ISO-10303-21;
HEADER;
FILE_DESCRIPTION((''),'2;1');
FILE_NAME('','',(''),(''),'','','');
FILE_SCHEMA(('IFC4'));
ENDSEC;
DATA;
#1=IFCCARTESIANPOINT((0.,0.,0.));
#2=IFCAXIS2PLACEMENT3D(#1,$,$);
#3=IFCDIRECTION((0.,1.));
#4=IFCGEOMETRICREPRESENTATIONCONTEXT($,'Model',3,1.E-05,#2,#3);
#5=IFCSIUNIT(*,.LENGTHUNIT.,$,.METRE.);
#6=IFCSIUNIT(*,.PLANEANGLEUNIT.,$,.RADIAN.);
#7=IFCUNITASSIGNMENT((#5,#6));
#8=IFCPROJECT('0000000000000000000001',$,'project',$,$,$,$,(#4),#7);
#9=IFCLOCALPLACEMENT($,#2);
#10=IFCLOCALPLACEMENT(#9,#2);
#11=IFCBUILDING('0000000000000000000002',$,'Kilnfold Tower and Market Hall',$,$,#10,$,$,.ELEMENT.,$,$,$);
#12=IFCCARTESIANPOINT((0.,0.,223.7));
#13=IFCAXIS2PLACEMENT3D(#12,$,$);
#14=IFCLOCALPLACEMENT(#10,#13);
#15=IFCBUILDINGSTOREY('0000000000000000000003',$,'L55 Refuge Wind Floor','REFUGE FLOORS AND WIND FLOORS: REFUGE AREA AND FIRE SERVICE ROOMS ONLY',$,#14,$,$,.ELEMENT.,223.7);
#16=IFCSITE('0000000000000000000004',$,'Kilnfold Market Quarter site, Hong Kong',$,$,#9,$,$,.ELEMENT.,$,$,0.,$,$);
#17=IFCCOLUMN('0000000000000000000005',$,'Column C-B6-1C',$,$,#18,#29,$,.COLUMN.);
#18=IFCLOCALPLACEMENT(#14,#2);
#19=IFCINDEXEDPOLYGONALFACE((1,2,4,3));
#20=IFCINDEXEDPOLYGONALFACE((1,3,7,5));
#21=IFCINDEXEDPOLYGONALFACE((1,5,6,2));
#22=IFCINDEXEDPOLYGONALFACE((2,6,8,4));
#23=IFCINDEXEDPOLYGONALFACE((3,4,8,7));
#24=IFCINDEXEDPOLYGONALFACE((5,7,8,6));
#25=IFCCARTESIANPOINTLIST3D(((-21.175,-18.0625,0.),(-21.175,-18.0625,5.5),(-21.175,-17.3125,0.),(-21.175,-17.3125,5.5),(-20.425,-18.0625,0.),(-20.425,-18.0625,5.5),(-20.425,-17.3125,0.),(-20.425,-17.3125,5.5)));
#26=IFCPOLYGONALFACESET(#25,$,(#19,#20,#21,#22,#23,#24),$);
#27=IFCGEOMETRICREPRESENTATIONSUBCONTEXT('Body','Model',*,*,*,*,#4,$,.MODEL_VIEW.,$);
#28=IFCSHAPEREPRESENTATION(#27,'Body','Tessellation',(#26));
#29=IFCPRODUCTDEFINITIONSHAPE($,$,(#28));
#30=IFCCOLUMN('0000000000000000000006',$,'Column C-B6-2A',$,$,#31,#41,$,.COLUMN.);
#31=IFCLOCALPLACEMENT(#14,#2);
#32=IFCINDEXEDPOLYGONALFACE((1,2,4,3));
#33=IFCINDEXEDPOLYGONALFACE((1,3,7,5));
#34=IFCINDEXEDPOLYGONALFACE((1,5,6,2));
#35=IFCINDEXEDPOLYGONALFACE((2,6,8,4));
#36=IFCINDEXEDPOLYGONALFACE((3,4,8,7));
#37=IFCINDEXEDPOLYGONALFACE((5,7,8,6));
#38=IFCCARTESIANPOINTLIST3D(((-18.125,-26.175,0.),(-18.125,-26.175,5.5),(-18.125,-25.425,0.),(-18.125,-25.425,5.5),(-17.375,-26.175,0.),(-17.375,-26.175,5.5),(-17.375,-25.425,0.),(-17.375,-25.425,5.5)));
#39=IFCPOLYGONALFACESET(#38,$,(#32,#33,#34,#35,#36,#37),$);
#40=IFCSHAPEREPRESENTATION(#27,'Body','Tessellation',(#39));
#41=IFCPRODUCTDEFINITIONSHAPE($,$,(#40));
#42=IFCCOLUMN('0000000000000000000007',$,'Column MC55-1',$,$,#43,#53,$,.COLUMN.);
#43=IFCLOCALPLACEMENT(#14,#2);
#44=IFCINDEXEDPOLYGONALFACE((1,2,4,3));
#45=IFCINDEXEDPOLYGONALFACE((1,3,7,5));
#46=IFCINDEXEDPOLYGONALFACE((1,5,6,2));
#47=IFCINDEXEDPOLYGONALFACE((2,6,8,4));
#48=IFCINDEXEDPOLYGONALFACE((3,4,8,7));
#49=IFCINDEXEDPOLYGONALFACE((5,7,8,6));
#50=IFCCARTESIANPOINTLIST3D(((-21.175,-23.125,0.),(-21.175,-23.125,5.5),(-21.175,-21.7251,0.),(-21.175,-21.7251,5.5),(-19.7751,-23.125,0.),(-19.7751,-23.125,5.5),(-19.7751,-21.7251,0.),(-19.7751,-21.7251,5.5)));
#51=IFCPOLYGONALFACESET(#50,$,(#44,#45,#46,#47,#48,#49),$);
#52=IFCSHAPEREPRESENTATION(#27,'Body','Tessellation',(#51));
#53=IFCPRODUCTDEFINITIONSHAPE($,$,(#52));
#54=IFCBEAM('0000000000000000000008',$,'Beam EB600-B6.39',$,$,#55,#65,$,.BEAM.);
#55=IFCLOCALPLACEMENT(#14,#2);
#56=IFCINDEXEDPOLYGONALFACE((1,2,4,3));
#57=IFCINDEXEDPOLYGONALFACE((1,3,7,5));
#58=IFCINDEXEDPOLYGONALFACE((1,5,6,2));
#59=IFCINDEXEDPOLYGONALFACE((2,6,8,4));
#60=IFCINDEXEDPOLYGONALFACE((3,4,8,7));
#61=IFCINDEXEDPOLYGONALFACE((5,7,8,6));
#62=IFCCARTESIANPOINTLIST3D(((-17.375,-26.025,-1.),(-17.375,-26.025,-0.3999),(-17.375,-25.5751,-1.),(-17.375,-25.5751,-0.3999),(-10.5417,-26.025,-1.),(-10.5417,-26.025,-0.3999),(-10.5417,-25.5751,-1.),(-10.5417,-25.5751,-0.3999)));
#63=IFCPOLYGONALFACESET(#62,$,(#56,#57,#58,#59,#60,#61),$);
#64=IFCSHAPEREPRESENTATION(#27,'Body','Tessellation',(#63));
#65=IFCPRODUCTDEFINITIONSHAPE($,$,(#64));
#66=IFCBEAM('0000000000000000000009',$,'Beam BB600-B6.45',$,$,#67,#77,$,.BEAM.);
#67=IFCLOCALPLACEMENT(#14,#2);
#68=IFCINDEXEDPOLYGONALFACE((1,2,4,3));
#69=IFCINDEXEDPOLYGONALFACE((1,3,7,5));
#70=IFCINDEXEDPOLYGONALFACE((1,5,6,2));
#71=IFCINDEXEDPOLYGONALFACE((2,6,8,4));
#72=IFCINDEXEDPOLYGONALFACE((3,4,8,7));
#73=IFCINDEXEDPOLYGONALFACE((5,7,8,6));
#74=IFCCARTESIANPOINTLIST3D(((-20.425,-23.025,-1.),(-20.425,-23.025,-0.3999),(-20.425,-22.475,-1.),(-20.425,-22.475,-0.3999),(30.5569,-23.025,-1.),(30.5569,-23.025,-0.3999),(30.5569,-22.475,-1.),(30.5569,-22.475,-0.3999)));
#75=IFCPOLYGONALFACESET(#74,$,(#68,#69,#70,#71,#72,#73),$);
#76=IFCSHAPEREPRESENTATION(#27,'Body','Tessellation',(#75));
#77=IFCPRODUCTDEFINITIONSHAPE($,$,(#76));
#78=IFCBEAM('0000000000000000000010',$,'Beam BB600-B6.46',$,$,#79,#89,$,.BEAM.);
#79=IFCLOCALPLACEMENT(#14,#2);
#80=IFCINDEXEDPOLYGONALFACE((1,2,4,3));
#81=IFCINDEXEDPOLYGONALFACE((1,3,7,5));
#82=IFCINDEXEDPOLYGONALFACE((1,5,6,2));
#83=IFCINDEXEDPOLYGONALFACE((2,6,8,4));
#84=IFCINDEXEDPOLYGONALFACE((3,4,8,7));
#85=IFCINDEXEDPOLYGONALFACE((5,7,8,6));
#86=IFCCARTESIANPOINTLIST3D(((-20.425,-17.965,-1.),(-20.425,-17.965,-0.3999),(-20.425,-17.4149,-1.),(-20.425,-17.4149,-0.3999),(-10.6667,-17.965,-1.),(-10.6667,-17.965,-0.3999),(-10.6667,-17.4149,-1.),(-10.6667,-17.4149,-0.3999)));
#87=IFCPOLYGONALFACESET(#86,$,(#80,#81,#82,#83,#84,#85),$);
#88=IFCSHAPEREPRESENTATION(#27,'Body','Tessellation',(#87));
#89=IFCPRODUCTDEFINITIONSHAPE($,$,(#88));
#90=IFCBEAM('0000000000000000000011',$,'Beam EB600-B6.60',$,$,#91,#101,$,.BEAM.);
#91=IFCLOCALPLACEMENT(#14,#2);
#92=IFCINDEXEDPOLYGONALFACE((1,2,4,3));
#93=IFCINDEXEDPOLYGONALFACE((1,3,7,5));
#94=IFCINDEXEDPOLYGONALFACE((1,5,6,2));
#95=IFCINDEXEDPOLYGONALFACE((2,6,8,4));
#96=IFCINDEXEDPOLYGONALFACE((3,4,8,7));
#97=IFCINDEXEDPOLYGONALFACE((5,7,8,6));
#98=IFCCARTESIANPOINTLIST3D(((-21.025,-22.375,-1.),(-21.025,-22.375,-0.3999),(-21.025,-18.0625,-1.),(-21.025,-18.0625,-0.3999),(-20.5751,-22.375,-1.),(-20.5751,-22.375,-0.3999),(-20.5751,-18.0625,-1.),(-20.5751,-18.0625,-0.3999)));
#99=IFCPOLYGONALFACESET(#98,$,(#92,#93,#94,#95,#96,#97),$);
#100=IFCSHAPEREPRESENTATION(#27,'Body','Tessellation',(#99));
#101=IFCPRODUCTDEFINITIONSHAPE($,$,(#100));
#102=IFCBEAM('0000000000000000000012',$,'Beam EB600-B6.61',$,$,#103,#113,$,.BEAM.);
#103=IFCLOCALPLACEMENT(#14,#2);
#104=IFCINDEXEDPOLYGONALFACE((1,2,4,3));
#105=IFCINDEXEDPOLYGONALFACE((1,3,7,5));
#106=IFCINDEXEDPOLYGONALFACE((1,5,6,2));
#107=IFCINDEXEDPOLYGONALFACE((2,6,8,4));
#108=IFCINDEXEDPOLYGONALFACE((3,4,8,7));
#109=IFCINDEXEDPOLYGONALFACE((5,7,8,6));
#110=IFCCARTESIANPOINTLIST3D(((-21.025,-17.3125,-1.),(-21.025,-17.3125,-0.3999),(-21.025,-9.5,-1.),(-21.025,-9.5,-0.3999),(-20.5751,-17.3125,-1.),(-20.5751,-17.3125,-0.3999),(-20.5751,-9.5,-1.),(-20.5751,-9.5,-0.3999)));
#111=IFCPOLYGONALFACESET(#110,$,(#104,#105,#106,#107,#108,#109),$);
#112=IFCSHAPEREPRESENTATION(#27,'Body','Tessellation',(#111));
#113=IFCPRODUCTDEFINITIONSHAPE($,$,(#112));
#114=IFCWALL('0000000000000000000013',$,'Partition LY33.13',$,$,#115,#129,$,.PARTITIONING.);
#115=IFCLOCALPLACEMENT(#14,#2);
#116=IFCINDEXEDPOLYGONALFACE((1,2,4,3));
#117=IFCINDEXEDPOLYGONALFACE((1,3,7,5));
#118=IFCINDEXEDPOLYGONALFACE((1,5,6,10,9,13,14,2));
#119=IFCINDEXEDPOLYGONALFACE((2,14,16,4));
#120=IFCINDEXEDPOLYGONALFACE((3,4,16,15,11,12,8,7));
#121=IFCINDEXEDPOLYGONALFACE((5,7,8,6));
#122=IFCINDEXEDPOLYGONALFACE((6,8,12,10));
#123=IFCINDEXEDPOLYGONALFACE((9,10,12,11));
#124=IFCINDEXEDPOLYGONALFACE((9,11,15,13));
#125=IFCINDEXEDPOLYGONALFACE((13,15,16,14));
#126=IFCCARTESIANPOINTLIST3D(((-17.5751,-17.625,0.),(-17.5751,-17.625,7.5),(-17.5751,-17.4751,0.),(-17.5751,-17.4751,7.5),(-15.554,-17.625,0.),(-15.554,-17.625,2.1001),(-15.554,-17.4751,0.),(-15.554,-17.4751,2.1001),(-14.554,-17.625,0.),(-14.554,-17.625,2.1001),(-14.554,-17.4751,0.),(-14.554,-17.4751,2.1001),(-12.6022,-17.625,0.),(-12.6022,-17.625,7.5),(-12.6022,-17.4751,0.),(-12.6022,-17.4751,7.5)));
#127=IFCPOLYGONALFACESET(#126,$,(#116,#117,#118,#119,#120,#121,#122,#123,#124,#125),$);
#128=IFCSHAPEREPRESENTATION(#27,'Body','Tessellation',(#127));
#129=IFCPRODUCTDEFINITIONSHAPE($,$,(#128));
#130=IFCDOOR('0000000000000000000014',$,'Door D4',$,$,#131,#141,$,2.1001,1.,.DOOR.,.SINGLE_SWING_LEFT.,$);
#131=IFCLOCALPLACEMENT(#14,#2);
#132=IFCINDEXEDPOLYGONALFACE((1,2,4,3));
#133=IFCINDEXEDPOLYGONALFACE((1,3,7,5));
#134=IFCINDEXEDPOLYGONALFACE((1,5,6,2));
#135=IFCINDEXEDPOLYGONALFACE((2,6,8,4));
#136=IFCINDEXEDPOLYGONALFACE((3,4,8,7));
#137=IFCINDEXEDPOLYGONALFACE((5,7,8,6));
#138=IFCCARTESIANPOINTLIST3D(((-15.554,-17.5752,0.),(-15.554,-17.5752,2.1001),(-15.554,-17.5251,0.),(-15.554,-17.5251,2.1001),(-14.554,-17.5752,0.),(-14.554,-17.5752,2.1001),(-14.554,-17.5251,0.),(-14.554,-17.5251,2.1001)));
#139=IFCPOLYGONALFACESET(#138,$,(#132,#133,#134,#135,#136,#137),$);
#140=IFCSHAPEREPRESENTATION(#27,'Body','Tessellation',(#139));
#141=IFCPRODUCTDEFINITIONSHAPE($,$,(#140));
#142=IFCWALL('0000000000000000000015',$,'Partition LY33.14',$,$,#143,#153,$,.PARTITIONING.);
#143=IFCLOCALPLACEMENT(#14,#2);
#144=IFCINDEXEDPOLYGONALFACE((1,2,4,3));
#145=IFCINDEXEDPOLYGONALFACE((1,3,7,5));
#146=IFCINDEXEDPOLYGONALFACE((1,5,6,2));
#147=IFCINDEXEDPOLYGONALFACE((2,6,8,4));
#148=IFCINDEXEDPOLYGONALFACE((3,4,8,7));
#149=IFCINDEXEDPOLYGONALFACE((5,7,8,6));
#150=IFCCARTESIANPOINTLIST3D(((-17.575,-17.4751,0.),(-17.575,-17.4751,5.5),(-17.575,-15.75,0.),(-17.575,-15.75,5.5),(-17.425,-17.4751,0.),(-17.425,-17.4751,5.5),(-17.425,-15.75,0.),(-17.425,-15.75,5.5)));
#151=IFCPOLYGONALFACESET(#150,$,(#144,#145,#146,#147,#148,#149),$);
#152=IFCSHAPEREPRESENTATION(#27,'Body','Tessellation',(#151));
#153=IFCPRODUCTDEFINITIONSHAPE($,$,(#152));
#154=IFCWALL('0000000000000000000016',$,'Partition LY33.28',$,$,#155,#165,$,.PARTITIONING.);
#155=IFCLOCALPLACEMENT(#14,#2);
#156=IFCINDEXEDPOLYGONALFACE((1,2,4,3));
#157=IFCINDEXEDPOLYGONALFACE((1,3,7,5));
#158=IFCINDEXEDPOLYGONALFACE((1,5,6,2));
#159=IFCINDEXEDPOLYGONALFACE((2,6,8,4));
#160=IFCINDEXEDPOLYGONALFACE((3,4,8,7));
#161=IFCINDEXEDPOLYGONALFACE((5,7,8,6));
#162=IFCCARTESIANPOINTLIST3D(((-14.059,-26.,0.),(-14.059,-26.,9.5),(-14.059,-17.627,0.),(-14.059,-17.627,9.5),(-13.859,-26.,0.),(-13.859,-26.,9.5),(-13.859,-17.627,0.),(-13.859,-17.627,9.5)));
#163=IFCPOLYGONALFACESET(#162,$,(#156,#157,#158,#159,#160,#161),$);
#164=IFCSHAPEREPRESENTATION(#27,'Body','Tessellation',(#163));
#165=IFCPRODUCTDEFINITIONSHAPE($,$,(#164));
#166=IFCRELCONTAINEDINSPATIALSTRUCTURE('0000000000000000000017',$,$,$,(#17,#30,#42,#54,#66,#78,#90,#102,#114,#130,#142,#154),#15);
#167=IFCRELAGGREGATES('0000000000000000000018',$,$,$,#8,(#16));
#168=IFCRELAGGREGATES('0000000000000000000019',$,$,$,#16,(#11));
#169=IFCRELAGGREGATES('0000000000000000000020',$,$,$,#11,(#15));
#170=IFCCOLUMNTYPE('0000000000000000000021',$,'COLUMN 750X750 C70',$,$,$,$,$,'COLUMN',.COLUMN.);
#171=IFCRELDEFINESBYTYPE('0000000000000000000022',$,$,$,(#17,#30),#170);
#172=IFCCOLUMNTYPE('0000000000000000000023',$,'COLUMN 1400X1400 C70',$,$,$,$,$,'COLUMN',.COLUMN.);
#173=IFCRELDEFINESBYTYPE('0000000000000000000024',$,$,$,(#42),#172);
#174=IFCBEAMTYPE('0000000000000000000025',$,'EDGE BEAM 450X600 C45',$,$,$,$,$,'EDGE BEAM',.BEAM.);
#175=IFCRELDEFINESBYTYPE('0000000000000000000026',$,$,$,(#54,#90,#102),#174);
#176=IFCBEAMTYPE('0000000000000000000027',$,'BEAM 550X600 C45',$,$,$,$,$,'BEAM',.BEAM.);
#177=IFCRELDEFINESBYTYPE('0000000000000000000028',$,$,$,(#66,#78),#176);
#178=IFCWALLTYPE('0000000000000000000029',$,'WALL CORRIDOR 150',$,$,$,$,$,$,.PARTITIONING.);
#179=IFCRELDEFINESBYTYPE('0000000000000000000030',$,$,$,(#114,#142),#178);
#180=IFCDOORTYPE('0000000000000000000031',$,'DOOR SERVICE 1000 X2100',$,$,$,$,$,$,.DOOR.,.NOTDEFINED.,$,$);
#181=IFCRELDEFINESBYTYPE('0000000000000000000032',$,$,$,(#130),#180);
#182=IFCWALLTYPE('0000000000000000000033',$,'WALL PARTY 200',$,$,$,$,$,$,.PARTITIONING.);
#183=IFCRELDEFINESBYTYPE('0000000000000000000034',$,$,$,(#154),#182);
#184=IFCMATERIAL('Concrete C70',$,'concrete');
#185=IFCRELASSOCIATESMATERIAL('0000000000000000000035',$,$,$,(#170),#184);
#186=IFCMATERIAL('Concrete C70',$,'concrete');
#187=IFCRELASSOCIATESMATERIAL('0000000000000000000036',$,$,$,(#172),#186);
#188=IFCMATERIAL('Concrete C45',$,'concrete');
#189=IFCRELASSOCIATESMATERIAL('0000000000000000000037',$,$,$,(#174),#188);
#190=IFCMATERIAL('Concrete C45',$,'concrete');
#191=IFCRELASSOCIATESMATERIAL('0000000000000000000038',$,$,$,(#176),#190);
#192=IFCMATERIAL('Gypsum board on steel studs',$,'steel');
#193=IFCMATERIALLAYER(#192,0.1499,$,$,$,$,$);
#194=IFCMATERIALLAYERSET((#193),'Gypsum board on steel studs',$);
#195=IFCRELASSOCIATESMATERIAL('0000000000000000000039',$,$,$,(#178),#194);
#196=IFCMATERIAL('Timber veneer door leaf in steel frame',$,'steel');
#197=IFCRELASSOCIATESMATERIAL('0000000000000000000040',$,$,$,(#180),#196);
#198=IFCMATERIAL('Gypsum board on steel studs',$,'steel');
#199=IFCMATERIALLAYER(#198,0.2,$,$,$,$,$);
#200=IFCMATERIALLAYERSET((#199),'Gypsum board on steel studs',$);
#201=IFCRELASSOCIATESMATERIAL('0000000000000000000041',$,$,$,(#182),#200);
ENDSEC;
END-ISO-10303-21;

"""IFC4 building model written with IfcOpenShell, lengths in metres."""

from ifc_helpers import new_model, si_unit, direction, frame, frame_2d, origin, origin_2d, place, context, subcontext, project, spatial, rectangle, extrude, source, transform, mapped, material, layer, layer_set, material_profile, profile_set, type_object, element, fill, save


model = new_model("IFC4")

# Units and contexts
model_context = context("Model", 3, precision=1e-05, world=origin(), true_north=direction((0.0, 1.0)))
body_context = subcontext(model_context, "Body", "Model", "MODEL_VIEW")
ifc_project = project(units=[si_unit("LENGTHUNIT", "METRE"), si_unit("PLANEANGLEUNIT", "RADIAN")], contexts=[model_context])

# Site, building, storey
site_placement = place(None, origin())
site = spatial("IfcSite", under=ifc_project, at=site_placement, Name="Kilnfold Market Quarter site, Hong Kong", CompositionType="ELEMENT", RefElevation=0.0)
building_placement = place(site_placement, origin())
building = spatial("IfcBuilding", under=site, at=building_placement, Name="Kilnfold Tower and Market Hall", CompositionType="ELEMENT")
storey_placement = place(building_placement, frame((0.0, 0.0, 223.7)))
storey = spatial("IfcBuildingStorey", under=building, at=storey_placement, Name="L55 Refuge Wind Floor", Description="REFUGE FLOORS AND WIND FLOORS: REFUGE AREA AND FIRE SERVICE ROOMS ONLY", CompositionType="ELEMENT", Elevation=223.7)

# Columns
ifc_material_1 = material(Name="Concrete C70", Category="concrete")
ifc_material_profile_1 = material_profile(ifc_material_1, rectangle(XDim=0.75, YDim=0.75, at=origin_2d()), Name="RC 750x750")
ifc_profile_set_1 = profile_set([ifc_material_profile_1], Name="Concrete C70")
column_type_1 = type_object("IfcColumnType", Name="COLUMN 750X750 C70", ElementType="COLUMN", PredefinedType="COLUMN", material=ifc_profile_set_1)
shared_shape_1 = source(origin(), body_context, "Body", "SweptSolid", [
    extrude(rectangle(XDim=0.75, YDim=0.75, at=origin_2d()), origin(), (0.0, 0.0, 1.0), 5.5),
])
for number, where, z_axis, x_axis, name in (
    (1, (-20.8, -17.6875, 0.0), (0.0, 0.0, 1.0), (1.0, 0.0, 0.0), "Column C-B6-1C"),
    (2, (-17.75, -25.8, 0.0), (0.0, 0.0, 1.0), (1.0, 0.0, 0.0), "Column C-B6-2A"),
):
    element("IfcColumn", number, at=place(storey_placement, frame(where, z_axis=z_axis, x_axis=x_axis)), inside=storey, type_object=column_type_1, Name=name, PredefinedType="COLUMN", context=body_context, shape_type="MappedRepresentation", body=[
        mapped(shared_shape_1, transform((0.0, 0.0, 0.0))),
    ])
ifc_material_2 = material(Name="Concrete C70", Category="concrete")
ifc_material_profile_2 = material_profile(ifc_material_2, rectangle(XDim=1.3999, YDim=1.3999, at=origin_2d()), Name="RC 1400x1400")
ifc_profile_set_2 = profile_set([ifc_material_profile_2], Name="Concrete C70")
column_type_2 = type_object("IfcColumnType", Name="COLUMN 1400X1400 C70", ElementType="COLUMN", PredefinedType="COLUMN", material=ifc_profile_set_2)
shared_shape_2 = source(origin(), body_context, "Body", "SweptSolid", [
    extrude(rectangle(XDim=1.3999, YDim=1.3999, at=origin_2d()), origin(), (0.0, 0.0, 1.0), 5.5),
])
column_placement = place(storey_placement, frame((-20.4751, -22.425, 0.0), z_axis=(0.0, 0.0, 1.0), x_axis=(1.0, 0.0, 0.0)))
element("IfcColumn", 3, at=column_placement, inside=storey, type_object=column_type_2, Name="Column MC55-1", PredefinedType="COLUMN", context=body_context, shape_type="MappedRepresentation", body=[
    mapped(shared_shape_2, transform((0.0, 0.0, 0.0))),
])

# Beams
ifc_material_3 = material(Name="Concrete C45", Category="concrete")
ifc_material_profile_3 = material_profile(ifc_material_3, rectangle(XDim=0.45, YDim=0.6001, at=origin_2d()), Name="RC 450x600")
ifc_profile_set_3 = profile_set([ifc_material_profile_3], Name="Concrete C45")
beam_type_1 = type_object("IfcBeamType", Name="EDGE BEAM 450X600 C45", ElementType="EDGE BEAM", PredefinedType="BEAM", material=ifc_profile_set_3)
shared_shape_3 = source(origin(), body_context, "Body", "SweptSolid", [
    extrude(rectangle(XDim=0.45, YDim=0.6001, at=origin_2d()), origin(), (0.0, 0.0, 1.0), 6.8333),
])
beam_1_placement = place(storey_placement, frame((-17.375, -25.8, -0.7), z_axis=(1.0, 0.0, 0.0), x_axis=(0.0, 1.0, 0.0)))
element("IfcBeam", 4, at=beam_1_placement, inside=storey, type_object=beam_type_1, Name="Beam EB600-B6.39", PredefinedType="BEAM", context=body_context, shape_type="MappedRepresentation", body=[
    mapped(shared_shape_3, transform((0.0, 0.0, 0.0))),
])
ifc_material_4 = material(Name="Concrete C45", Category="concrete")
ifc_material_profile_4 = material_profile(ifc_material_4, rectangle(XDim=0.55, YDim=0.6001, at=origin_2d()), Name="RC 550x600")
ifc_profile_set_4 = profile_set([ifc_material_profile_4], Name="Concrete C45")
beam_type_2 = type_object("IfcBeamType", Name="BEAM 550X600 C45", ElementType="BEAM", PredefinedType="BEAM", material=ifc_profile_set_4)
shared_shape_4 = source(origin(), body_context, "Body", "SweptSolid", [
    extrude(rectangle(XDim=0.55, YDim=0.6001, at=origin_2d()), origin(), (0.0, 0.0, 1.0), 50.9819),
])
beam_2_placement = place(storey_placement, frame((-20.425, -22.75, -0.7), z_axis=(1.0, 0.0, 0.0), x_axis=(0.0, 1.0, 0.0)))
element("IfcBeam", 5, at=beam_2_placement, inside=storey, type_object=beam_type_2, Name="Beam BB600-B6.45", PredefinedType="BEAM", context=body_context, shape_type="MappedRepresentation", body=[
    mapped(shared_shape_4, transform((0.0, 0.0, 0.0))),
])
shared_shape_5 = source(origin(), body_context, "Body", "SweptSolid", [
    extrude(rectangle(XDim=0.55, YDim=0.6001, at=origin_2d()), origin(), (0.0, 0.0, 1.0), 9.7583),
])
beam_3_placement = place(storey_placement, frame((-20.425, -17.6899, -0.7), z_axis=(1.0, 0.0, 0.0), x_axis=(0.0, 1.0, 0.0)))
element("IfcBeam", 6, at=beam_3_placement, inside=storey, type_object=beam_type_2, Name="Beam BB600-B6.46", PredefinedType="BEAM", context=body_context, shape_type="MappedRepresentation", body=[
    mapped(shared_shape_5, transform((0.0, 0.0, 0.0))),
])
shared_shape_6 = source(origin(), body_context, "Body", "SweptSolid", [
    extrude(rectangle(XDim=0.45, YDim=0.6001, at=origin_2d()), origin(), (0.0, 0.0, 1.0), 4.3125),
])
beam_4_placement = place(storey_placement, frame((-20.8, -22.375, -0.7), z_axis=(0.0, 1.0, 0.0), x_axis=(-1.0, 0.0, 0.0)))
element("IfcBeam", 7, at=beam_4_placement, inside=storey, type_object=beam_type_1, Name="Beam EB600-B6.60", PredefinedType="BEAM", context=body_context, shape_type="MappedRepresentation", body=[
    mapped(shared_shape_6, transform((0.0, 0.0, 0.0))),
])
shared_shape_7 = source(origin(), body_context, "Body", "SweptSolid", [
    extrude(rectangle(XDim=0.45, YDim=0.6001, at=origin_2d()), origin(), (0.0, 0.0, 1.0), 7.8125),
])
beam_5_placement = place(storey_placement, frame((-20.8, -17.3125, -0.7), z_axis=(0.0, 1.0, 0.0), x_axis=(-1.0, 0.0, 0.0)))
element("IfcBeam", 8, at=beam_5_placement, inside=storey, type_object=beam_type_1, Name="Beam EB600-B6.61", PredefinedType="BEAM", context=body_context, shape_type="MappedRepresentation", body=[
    mapped(shared_shape_7, transform((0.0, 0.0, 0.0))),
])

# Wall, opening, door
ifc_material_5 = material(Name="Gypsum board on steel studs", Category="steel")
ifc_layer_1 = layer(ifc_material_5, 0.1499)
ifc_layer_set_1 = layer_set([ifc_layer_1], Name="Gypsum board on steel studs")
wall_type_1 = type_object("IfcWallType", Name="WALL CORRIDOR 150", PredefinedType="PARTITIONING", material=ifc_layer_set_1)
wall_1_placement = place(storey_placement, frame((-17.575, -17.55, 0.0), z_axis=(0.0, 0.0, 1.0), x_axis=(1.0, 0.0, 0.0)))
wall_1 = element("IfcWall", 9, at=wall_1_placement, inside=storey, type_object=wall_type_1, Name="Partition LY33.13", PredefinedType="PARTITIONING", context=body_context, shape_type="SweptSolid", body=[
    extrude(rectangle(XDim=4.9729, YDim=0.1499, at=frame_2d((2.4863, 0.0))), origin(), (0.0, 0.0, 1.0), 7.5),
])
opening_1_placement = place(wall_1_placement, frame((2.021, 0.0, 0.0)))
opening_1 = element("IfcOpeningElement", 10, at=opening_1_placement, cuts=wall_1, PredefinedType="OPENING", context=body_context, shape_type="SweptSolid", body=[
    extrude(rectangle(XDim=1.0, YDim=2.1001, at=frame_2d((0.5, 1.05))), frame((0.0, 0.085, 0.0), z_axis=(0.0, -1.0, 0.0), x_axis=(1.0, 0.0, 0.0)), (0.0, 0.0, 1.0), 0.1699),
])
ifc_material_6 = material(Name="Timber veneer door leaf in steel frame", Category="steel")
door_type_1 = type_object("IfcDoorType", Name="DOOR SERVICE 1000 X2100", OperationType="NOTDEFINED", PredefinedType="DOOR", material=ifc_material_6)
door_1_placement = place(opening_1_placement, origin())
door_1 = element("IfcDoor", 11, at=door_1_placement, inside=storey, type_object=door_type_1, Name="Door D4", OperationType="SINGLE_SWING_LEFT", OverallHeight=2.1001, OverallWidth=1.0, PredefinedType="DOOR", context=body_context, shape_type="SweptSolid", body=[
    extrude(rectangle(XDim=1.0, YDim=2.1001, at=frame_2d((0.5, 1.05))), frame((0.0, 0.0249, 0.0), z_axis=(0.0, -1.0, 0.0), x_axis=(1.0, 0.0, 0.0)), (0.0, 0.0, 1.0), 0.05),
])
fill(opening_1, door_1)

# Walls
wall_2_placement = place(storey_placement, frame((-17.5, -15.75, 0.0), z_axis=(0.0, 0.0, 1.0), x_axis=(0.0, -1.0, 0.0)))
element("IfcWall", 12, at=wall_2_placement, inside=storey, type_object=wall_type_1, Name="Partition LY33.14", PredefinedType="PARTITIONING", context=body_context, shape_type="SweptSolid", body=[
    extrude(rectangle(XDim=1.7251, YDim=0.1499, at=frame_2d((0.8625, 0.0))), origin(), (0.0, 0.0, 1.0), 5.5),
])
ifc_material_7 = material(Name="Gypsum board on steel studs", Category="steel")
ifc_layer_2 = layer(ifc_material_7, 0.2)
ifc_layer_set_2 = layer_set([ifc_layer_2], Name="Gypsum board on steel studs")
wall_type_2 = type_object("IfcWallType", Name="WALL PARTY 200", PredefinedType="PARTITIONING", material=ifc_layer_set_2)
wall_3_placement = place(storey_placement, frame((-13.959, -17.627, 0.0), z_axis=(0.0, 0.0, 1.0), x_axis=(0.0, -1.0, 0.0)))
element("IfcWall", 13, at=wall_3_placement, inside=storey, type_object=wall_type_2, Name="Partition LY33.28", PredefinedType="PARTITIONING", context=body_context, shape_type="SweptSolid", body=[
    extrude(rectangle(XDim=8.373, YDim=0.2, at=frame_2d((4.1865, 0.0))), origin(), (0.0, 0.0, 1.0), 9.5),
])

save(model, "model.ifc")
